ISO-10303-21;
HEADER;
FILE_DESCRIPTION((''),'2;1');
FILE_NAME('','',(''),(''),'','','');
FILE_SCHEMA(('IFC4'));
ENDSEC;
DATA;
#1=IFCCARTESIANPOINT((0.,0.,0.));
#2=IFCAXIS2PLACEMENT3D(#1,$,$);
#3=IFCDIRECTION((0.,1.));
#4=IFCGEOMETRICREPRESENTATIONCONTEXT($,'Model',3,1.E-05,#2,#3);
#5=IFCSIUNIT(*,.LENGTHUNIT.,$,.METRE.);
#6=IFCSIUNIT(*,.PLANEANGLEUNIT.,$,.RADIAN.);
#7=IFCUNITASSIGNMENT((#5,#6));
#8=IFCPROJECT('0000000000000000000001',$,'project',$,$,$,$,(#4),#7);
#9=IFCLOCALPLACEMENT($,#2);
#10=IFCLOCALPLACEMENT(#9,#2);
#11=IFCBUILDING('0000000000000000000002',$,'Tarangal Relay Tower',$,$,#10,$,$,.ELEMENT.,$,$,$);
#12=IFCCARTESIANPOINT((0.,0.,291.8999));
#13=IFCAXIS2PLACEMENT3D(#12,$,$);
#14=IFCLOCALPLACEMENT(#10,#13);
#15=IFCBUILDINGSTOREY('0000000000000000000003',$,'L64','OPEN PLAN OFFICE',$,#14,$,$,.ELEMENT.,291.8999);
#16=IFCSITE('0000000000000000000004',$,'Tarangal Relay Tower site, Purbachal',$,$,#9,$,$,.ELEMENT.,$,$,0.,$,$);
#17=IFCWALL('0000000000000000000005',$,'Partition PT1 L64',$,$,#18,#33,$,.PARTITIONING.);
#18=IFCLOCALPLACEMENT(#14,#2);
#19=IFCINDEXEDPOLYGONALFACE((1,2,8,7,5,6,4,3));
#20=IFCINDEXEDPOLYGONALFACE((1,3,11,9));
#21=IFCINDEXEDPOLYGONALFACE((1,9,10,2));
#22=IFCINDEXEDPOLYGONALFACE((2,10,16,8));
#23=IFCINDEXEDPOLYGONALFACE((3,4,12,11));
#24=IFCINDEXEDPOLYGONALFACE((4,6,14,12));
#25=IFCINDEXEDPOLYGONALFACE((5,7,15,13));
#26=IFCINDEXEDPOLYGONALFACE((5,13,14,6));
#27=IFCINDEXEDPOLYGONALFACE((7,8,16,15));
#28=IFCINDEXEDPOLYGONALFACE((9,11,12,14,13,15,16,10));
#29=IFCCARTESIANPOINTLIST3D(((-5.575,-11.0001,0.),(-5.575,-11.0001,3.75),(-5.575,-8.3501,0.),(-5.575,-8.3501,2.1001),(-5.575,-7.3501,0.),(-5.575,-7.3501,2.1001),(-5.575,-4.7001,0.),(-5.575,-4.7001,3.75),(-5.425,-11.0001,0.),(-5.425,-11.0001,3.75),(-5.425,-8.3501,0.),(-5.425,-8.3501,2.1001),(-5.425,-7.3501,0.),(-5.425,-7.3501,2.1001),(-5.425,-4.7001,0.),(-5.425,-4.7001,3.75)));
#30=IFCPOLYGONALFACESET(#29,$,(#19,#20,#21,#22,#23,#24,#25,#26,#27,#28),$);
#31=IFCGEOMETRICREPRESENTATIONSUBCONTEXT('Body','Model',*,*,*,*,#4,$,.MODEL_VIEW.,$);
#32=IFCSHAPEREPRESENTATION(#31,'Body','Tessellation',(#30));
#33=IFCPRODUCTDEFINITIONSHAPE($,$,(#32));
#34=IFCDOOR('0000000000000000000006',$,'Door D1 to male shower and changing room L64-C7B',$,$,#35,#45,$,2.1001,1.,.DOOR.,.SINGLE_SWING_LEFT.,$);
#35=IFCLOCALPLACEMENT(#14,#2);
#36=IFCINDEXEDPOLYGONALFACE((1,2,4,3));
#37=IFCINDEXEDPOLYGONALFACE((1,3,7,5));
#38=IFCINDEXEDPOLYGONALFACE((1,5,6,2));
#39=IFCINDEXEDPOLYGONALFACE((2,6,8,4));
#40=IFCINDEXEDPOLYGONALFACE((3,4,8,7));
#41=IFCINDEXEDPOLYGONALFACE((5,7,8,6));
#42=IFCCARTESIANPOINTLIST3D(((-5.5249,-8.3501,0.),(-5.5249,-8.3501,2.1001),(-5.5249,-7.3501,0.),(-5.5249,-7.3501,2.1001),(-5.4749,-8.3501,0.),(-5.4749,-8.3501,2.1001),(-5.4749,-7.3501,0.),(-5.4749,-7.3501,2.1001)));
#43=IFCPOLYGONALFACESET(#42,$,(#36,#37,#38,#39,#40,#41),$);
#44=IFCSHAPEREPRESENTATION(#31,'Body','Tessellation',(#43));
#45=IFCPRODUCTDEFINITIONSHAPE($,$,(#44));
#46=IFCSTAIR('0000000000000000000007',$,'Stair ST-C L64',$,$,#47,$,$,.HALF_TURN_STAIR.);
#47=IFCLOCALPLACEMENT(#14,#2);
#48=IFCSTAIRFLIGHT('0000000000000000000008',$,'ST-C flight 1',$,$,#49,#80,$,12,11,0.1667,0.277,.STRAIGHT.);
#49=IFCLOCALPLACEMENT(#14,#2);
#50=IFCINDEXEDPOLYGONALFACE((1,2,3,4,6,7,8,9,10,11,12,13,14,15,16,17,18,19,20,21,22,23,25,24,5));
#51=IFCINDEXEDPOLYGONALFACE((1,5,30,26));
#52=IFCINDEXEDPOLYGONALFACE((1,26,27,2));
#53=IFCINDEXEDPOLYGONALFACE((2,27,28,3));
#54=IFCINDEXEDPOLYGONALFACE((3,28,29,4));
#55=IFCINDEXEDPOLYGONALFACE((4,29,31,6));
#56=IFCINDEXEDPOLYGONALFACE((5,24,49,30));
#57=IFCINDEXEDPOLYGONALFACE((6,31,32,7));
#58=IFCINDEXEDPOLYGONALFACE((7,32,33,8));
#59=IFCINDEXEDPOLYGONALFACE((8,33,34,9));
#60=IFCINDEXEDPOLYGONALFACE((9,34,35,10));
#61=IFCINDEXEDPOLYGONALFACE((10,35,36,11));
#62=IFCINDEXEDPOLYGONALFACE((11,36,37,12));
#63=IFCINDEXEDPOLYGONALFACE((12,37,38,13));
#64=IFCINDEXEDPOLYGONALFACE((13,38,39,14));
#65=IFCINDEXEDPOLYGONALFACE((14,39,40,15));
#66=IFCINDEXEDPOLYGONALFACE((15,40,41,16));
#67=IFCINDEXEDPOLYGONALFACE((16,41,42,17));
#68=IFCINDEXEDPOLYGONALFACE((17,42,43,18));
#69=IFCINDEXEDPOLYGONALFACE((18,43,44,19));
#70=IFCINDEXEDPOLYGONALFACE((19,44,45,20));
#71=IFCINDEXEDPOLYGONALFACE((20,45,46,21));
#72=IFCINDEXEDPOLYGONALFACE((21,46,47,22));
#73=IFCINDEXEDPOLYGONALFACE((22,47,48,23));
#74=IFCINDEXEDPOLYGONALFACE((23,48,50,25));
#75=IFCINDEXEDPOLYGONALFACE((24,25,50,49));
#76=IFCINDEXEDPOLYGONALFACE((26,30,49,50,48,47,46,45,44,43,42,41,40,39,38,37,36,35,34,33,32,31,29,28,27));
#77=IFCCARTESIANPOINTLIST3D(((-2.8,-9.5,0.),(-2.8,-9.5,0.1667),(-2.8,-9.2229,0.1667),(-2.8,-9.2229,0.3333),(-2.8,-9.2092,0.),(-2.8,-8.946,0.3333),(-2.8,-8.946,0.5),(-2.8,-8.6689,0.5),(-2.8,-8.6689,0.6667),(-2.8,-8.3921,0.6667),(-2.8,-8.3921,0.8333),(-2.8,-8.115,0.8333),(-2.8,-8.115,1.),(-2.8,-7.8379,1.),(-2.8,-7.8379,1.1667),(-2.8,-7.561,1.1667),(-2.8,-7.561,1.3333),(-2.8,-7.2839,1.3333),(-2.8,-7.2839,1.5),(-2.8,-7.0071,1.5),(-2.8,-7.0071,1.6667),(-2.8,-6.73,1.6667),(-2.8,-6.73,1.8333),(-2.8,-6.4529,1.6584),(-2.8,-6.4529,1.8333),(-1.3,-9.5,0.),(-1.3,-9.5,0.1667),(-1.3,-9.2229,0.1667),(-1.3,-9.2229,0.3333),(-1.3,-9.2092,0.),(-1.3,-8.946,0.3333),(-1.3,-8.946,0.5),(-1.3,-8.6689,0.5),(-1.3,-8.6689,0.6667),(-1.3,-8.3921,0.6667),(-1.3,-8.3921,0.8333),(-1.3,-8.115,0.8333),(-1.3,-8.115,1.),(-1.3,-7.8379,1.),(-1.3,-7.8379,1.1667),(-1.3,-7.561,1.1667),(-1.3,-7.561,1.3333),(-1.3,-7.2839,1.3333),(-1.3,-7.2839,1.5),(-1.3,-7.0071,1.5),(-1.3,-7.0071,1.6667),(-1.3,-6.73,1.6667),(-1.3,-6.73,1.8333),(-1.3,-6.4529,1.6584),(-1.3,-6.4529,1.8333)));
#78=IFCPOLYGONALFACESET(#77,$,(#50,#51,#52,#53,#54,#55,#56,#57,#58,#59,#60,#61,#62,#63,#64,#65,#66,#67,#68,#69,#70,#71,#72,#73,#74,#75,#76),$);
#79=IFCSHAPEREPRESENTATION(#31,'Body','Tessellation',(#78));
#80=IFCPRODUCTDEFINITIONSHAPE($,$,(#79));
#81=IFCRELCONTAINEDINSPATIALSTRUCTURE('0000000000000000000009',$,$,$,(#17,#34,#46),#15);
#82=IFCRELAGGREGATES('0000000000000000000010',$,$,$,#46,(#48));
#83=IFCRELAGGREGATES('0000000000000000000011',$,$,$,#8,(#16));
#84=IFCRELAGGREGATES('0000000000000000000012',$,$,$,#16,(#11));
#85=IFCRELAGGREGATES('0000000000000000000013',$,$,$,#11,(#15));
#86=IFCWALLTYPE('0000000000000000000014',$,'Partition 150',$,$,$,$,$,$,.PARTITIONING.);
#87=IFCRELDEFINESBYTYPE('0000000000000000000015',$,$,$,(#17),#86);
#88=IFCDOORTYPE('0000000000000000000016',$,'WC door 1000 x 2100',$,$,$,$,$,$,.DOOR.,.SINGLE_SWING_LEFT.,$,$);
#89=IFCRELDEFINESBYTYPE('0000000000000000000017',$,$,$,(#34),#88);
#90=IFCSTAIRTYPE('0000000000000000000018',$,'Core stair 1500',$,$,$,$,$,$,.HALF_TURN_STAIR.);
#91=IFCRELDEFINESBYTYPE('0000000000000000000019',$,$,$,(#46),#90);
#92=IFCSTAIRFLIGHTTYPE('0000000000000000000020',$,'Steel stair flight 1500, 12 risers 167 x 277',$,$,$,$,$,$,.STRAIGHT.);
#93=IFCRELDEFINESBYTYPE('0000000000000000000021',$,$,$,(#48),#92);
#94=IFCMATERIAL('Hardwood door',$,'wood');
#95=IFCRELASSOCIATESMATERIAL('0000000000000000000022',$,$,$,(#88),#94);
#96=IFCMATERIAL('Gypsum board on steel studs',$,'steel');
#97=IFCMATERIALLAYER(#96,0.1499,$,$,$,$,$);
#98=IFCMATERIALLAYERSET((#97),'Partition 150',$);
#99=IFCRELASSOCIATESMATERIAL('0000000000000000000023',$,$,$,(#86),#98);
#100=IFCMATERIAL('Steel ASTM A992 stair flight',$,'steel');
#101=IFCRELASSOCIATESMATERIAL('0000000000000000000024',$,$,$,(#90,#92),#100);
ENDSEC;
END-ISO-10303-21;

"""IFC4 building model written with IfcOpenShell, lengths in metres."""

from ifc_helpers import new_model, si_unit, direction, frame, frame_2d, origin, place, context, subcontext, project, spatial, polyline, rectangle, outline, extrude, material, layer, layer_set, type_object, element, fill, aggregate, save


model = new_model("IFC4")

# Units and contexts
model_context = context("Model", 3, precision=1e-05, world=origin(), true_north=direction((0.0, 1.0)))
body_context = subcontext(model_context, "Body", "Model", "MODEL_VIEW")
ifc_project = project(units=[si_unit("LENGTHUNIT", "METRE"), si_unit("PLANEANGLEUNIT", "RADIAN")], contexts=[model_context])

# Site, building, storey
site_placement = place(None, origin())
site = spatial("IfcSite", under=ifc_project, at=site_placement, Name="Tarangal Relay Tower site, Purbachal", CompositionType="ELEMENT", RefElevation=0.0)
building_placement = place(site_placement, origin())
building = spatial("IfcBuilding", under=site, at=building_placement, Name="Tarangal Relay Tower", CompositionType="ELEMENT")
storey_placement = place(building_placement, frame((0.0, 0.0, 291.8999)))
storey = spatial("IfcBuildingStorey", under=building, at=storey_placement, Name="L64", Description="OPEN PLAN OFFICE", CompositionType="ELEMENT", Elevation=291.8999)

# Shared definitions
ifc_material_1 = material(Name="Hardwood door", Category="wood")
door_type_1 = type_object("IfcDoorType", Name="WC door 1000 x 2100", OperationType="SINGLE_SWING_LEFT", PredefinedType="DOOR", material=ifc_material_1)

# Wall, opening, door
ifc_material_2 = material(Name="Gypsum board on steel studs", Category="steel")
ifc_layer_1 = layer(ifc_material_2, 0.1499)
ifc_layer_set_1 = layer_set([ifc_layer_1], Name="Partition 150")
wall_type_1 = type_object("IfcWallType", Name="Partition 150", PredefinedType="PARTITIONING", material=ifc_layer_set_1)
wall_1_placement = place(storey_placement, frame((-5.5, -11.0, 0.0), z_axis=(0.0, 0.0, 1.0), x_axis=(0.0, 1.0, 0.0)))
wall_1 = element("IfcWall", 1, at=wall_1_placement, inside=storey, type_object=wall_type_1, Name="Partition PT1 L64", PredefinedType="PARTITIONING", context=body_context, shape_type="SweptSolid", body=[
    extrude(rectangle(XDim=6.3, YDim=0.1499, at=frame_2d((3.1499, 0.0))), origin(), (0.0, 0.0, 1.0), 3.75),
])
opening_1_placement = place(wall_1_placement, frame((2.6499, 0.0, 0.0)))
opening_1 = element("IfcOpeningElement", 2, at=opening_1_placement, cuts=wall_1, PredefinedType="OPENING", context=body_context, shape_type="SweptSolid", body=[
    extrude(rectangle(XDim=1.0, YDim=2.1001, at=frame_2d((0.5, 1.05))), frame((0.0, 0.085, 0.0), z_axis=(0.0, -1.0, 0.0), x_axis=(1.0, 0.0, 0.0)), (0.0, 0.0, 1.0), 0.1699),
])
door_1_placement = place(opening_1_placement, origin())
door_1 = element("IfcDoor", 3, at=door_1_placement, inside=storey, type_object=door_type_1, Name="Door D1 to male shower and changing room L64-C7B", OperationType="SINGLE_SWING_LEFT", OverallHeight=2.1001, OverallWidth=1.0, PredefinedType="DOOR", context=body_context, shape_type="SweptSolid", body=[
    extrude(rectangle(XDim=1.0, YDim=2.1001, at=frame_2d((0.5, 1.05))), frame((0.0, 0.0249, 0.0), z_axis=(0.0, -1.0, 0.0), x_axis=(1.0, 0.0, 0.0)), (0.0, 0.0, 1.0), 0.05),
])
fill(opening_1, door_1)

# Stair, stair flight
ifc_material_3 = material(Name="Steel ASTM A992 stair flight", Category="steel")
stair_type = type_object("IfcStairType", Name="Core stair 1500", PredefinedType="HALF_TURN_STAIR", material=ifc_material_3)
stair_placement = place(storey_placement, origin())
stair = element("IfcStair", 4, at=stair_placement, inside=storey, type_object=stair_type, Name="Stair ST-C L64", PredefinedType="HALF_TURN_STAIR")
stair_flight_type = type_object("IfcStairFlightType", Name="Steel stair flight 1500, 12 risers 167 x 277", PredefinedType="STRAIGHT", material=ifc_material_3)
stair_flight_placement = place(storey_placement, frame((-2.05, -9.5, 0.0), z_axis=(0.0, 0.0, 1.0), x_axis=(0.0, 1.0, 0.0)))
stair_flight = element("IfcStairFlight", 5, at=stair_flight_placement, type_object=stair_flight_type, Name="ST-C flight 1", NumberOfRisers=12, NumberOfTreads=11, PredefinedType="STRAIGHT", RiserHeight=0.1667, TreadLength=0.277, context=body_context, shape_type="SweptSolid", body=[
    extrude(outline(polyline([(0.0, 0.0), (0.0, 0.1667), (0.2771, 0.1667), (0.2771, 0.3333), (0.554, 0.3333), (0.554, 0.5), (0.8311, 0.5), (0.8311, 0.6667), (1.1079, 0.6667), (1.1079, 0.8333), (1.385, 0.8333), (1.385, 1.0), (1.6621, 1.0), (1.6621, 1.1667), (1.939, 1.1667), (1.939, 1.3333), (2.2161, 1.3333), (2.2161, 1.5), (2.4929, 1.5), (2.4929, 1.6667), (2.77, 1.6667), (2.77, 1.8333), (3.0471, 1.8333), (3.0471, 2.0), (3.0471, 1.6584), (0.2908, 0.0), (0.0, 0.0)])), frame((0.0, 0.75, 0.0), z_axis=(0.0, -1.0, 0.0), x_axis=(1.0, 0.0, 0.0)), (0.0, 0.0, 1.0), 1.5),
])
aggregate(stair, [stair_flight])

save(model, "model.ifc")
